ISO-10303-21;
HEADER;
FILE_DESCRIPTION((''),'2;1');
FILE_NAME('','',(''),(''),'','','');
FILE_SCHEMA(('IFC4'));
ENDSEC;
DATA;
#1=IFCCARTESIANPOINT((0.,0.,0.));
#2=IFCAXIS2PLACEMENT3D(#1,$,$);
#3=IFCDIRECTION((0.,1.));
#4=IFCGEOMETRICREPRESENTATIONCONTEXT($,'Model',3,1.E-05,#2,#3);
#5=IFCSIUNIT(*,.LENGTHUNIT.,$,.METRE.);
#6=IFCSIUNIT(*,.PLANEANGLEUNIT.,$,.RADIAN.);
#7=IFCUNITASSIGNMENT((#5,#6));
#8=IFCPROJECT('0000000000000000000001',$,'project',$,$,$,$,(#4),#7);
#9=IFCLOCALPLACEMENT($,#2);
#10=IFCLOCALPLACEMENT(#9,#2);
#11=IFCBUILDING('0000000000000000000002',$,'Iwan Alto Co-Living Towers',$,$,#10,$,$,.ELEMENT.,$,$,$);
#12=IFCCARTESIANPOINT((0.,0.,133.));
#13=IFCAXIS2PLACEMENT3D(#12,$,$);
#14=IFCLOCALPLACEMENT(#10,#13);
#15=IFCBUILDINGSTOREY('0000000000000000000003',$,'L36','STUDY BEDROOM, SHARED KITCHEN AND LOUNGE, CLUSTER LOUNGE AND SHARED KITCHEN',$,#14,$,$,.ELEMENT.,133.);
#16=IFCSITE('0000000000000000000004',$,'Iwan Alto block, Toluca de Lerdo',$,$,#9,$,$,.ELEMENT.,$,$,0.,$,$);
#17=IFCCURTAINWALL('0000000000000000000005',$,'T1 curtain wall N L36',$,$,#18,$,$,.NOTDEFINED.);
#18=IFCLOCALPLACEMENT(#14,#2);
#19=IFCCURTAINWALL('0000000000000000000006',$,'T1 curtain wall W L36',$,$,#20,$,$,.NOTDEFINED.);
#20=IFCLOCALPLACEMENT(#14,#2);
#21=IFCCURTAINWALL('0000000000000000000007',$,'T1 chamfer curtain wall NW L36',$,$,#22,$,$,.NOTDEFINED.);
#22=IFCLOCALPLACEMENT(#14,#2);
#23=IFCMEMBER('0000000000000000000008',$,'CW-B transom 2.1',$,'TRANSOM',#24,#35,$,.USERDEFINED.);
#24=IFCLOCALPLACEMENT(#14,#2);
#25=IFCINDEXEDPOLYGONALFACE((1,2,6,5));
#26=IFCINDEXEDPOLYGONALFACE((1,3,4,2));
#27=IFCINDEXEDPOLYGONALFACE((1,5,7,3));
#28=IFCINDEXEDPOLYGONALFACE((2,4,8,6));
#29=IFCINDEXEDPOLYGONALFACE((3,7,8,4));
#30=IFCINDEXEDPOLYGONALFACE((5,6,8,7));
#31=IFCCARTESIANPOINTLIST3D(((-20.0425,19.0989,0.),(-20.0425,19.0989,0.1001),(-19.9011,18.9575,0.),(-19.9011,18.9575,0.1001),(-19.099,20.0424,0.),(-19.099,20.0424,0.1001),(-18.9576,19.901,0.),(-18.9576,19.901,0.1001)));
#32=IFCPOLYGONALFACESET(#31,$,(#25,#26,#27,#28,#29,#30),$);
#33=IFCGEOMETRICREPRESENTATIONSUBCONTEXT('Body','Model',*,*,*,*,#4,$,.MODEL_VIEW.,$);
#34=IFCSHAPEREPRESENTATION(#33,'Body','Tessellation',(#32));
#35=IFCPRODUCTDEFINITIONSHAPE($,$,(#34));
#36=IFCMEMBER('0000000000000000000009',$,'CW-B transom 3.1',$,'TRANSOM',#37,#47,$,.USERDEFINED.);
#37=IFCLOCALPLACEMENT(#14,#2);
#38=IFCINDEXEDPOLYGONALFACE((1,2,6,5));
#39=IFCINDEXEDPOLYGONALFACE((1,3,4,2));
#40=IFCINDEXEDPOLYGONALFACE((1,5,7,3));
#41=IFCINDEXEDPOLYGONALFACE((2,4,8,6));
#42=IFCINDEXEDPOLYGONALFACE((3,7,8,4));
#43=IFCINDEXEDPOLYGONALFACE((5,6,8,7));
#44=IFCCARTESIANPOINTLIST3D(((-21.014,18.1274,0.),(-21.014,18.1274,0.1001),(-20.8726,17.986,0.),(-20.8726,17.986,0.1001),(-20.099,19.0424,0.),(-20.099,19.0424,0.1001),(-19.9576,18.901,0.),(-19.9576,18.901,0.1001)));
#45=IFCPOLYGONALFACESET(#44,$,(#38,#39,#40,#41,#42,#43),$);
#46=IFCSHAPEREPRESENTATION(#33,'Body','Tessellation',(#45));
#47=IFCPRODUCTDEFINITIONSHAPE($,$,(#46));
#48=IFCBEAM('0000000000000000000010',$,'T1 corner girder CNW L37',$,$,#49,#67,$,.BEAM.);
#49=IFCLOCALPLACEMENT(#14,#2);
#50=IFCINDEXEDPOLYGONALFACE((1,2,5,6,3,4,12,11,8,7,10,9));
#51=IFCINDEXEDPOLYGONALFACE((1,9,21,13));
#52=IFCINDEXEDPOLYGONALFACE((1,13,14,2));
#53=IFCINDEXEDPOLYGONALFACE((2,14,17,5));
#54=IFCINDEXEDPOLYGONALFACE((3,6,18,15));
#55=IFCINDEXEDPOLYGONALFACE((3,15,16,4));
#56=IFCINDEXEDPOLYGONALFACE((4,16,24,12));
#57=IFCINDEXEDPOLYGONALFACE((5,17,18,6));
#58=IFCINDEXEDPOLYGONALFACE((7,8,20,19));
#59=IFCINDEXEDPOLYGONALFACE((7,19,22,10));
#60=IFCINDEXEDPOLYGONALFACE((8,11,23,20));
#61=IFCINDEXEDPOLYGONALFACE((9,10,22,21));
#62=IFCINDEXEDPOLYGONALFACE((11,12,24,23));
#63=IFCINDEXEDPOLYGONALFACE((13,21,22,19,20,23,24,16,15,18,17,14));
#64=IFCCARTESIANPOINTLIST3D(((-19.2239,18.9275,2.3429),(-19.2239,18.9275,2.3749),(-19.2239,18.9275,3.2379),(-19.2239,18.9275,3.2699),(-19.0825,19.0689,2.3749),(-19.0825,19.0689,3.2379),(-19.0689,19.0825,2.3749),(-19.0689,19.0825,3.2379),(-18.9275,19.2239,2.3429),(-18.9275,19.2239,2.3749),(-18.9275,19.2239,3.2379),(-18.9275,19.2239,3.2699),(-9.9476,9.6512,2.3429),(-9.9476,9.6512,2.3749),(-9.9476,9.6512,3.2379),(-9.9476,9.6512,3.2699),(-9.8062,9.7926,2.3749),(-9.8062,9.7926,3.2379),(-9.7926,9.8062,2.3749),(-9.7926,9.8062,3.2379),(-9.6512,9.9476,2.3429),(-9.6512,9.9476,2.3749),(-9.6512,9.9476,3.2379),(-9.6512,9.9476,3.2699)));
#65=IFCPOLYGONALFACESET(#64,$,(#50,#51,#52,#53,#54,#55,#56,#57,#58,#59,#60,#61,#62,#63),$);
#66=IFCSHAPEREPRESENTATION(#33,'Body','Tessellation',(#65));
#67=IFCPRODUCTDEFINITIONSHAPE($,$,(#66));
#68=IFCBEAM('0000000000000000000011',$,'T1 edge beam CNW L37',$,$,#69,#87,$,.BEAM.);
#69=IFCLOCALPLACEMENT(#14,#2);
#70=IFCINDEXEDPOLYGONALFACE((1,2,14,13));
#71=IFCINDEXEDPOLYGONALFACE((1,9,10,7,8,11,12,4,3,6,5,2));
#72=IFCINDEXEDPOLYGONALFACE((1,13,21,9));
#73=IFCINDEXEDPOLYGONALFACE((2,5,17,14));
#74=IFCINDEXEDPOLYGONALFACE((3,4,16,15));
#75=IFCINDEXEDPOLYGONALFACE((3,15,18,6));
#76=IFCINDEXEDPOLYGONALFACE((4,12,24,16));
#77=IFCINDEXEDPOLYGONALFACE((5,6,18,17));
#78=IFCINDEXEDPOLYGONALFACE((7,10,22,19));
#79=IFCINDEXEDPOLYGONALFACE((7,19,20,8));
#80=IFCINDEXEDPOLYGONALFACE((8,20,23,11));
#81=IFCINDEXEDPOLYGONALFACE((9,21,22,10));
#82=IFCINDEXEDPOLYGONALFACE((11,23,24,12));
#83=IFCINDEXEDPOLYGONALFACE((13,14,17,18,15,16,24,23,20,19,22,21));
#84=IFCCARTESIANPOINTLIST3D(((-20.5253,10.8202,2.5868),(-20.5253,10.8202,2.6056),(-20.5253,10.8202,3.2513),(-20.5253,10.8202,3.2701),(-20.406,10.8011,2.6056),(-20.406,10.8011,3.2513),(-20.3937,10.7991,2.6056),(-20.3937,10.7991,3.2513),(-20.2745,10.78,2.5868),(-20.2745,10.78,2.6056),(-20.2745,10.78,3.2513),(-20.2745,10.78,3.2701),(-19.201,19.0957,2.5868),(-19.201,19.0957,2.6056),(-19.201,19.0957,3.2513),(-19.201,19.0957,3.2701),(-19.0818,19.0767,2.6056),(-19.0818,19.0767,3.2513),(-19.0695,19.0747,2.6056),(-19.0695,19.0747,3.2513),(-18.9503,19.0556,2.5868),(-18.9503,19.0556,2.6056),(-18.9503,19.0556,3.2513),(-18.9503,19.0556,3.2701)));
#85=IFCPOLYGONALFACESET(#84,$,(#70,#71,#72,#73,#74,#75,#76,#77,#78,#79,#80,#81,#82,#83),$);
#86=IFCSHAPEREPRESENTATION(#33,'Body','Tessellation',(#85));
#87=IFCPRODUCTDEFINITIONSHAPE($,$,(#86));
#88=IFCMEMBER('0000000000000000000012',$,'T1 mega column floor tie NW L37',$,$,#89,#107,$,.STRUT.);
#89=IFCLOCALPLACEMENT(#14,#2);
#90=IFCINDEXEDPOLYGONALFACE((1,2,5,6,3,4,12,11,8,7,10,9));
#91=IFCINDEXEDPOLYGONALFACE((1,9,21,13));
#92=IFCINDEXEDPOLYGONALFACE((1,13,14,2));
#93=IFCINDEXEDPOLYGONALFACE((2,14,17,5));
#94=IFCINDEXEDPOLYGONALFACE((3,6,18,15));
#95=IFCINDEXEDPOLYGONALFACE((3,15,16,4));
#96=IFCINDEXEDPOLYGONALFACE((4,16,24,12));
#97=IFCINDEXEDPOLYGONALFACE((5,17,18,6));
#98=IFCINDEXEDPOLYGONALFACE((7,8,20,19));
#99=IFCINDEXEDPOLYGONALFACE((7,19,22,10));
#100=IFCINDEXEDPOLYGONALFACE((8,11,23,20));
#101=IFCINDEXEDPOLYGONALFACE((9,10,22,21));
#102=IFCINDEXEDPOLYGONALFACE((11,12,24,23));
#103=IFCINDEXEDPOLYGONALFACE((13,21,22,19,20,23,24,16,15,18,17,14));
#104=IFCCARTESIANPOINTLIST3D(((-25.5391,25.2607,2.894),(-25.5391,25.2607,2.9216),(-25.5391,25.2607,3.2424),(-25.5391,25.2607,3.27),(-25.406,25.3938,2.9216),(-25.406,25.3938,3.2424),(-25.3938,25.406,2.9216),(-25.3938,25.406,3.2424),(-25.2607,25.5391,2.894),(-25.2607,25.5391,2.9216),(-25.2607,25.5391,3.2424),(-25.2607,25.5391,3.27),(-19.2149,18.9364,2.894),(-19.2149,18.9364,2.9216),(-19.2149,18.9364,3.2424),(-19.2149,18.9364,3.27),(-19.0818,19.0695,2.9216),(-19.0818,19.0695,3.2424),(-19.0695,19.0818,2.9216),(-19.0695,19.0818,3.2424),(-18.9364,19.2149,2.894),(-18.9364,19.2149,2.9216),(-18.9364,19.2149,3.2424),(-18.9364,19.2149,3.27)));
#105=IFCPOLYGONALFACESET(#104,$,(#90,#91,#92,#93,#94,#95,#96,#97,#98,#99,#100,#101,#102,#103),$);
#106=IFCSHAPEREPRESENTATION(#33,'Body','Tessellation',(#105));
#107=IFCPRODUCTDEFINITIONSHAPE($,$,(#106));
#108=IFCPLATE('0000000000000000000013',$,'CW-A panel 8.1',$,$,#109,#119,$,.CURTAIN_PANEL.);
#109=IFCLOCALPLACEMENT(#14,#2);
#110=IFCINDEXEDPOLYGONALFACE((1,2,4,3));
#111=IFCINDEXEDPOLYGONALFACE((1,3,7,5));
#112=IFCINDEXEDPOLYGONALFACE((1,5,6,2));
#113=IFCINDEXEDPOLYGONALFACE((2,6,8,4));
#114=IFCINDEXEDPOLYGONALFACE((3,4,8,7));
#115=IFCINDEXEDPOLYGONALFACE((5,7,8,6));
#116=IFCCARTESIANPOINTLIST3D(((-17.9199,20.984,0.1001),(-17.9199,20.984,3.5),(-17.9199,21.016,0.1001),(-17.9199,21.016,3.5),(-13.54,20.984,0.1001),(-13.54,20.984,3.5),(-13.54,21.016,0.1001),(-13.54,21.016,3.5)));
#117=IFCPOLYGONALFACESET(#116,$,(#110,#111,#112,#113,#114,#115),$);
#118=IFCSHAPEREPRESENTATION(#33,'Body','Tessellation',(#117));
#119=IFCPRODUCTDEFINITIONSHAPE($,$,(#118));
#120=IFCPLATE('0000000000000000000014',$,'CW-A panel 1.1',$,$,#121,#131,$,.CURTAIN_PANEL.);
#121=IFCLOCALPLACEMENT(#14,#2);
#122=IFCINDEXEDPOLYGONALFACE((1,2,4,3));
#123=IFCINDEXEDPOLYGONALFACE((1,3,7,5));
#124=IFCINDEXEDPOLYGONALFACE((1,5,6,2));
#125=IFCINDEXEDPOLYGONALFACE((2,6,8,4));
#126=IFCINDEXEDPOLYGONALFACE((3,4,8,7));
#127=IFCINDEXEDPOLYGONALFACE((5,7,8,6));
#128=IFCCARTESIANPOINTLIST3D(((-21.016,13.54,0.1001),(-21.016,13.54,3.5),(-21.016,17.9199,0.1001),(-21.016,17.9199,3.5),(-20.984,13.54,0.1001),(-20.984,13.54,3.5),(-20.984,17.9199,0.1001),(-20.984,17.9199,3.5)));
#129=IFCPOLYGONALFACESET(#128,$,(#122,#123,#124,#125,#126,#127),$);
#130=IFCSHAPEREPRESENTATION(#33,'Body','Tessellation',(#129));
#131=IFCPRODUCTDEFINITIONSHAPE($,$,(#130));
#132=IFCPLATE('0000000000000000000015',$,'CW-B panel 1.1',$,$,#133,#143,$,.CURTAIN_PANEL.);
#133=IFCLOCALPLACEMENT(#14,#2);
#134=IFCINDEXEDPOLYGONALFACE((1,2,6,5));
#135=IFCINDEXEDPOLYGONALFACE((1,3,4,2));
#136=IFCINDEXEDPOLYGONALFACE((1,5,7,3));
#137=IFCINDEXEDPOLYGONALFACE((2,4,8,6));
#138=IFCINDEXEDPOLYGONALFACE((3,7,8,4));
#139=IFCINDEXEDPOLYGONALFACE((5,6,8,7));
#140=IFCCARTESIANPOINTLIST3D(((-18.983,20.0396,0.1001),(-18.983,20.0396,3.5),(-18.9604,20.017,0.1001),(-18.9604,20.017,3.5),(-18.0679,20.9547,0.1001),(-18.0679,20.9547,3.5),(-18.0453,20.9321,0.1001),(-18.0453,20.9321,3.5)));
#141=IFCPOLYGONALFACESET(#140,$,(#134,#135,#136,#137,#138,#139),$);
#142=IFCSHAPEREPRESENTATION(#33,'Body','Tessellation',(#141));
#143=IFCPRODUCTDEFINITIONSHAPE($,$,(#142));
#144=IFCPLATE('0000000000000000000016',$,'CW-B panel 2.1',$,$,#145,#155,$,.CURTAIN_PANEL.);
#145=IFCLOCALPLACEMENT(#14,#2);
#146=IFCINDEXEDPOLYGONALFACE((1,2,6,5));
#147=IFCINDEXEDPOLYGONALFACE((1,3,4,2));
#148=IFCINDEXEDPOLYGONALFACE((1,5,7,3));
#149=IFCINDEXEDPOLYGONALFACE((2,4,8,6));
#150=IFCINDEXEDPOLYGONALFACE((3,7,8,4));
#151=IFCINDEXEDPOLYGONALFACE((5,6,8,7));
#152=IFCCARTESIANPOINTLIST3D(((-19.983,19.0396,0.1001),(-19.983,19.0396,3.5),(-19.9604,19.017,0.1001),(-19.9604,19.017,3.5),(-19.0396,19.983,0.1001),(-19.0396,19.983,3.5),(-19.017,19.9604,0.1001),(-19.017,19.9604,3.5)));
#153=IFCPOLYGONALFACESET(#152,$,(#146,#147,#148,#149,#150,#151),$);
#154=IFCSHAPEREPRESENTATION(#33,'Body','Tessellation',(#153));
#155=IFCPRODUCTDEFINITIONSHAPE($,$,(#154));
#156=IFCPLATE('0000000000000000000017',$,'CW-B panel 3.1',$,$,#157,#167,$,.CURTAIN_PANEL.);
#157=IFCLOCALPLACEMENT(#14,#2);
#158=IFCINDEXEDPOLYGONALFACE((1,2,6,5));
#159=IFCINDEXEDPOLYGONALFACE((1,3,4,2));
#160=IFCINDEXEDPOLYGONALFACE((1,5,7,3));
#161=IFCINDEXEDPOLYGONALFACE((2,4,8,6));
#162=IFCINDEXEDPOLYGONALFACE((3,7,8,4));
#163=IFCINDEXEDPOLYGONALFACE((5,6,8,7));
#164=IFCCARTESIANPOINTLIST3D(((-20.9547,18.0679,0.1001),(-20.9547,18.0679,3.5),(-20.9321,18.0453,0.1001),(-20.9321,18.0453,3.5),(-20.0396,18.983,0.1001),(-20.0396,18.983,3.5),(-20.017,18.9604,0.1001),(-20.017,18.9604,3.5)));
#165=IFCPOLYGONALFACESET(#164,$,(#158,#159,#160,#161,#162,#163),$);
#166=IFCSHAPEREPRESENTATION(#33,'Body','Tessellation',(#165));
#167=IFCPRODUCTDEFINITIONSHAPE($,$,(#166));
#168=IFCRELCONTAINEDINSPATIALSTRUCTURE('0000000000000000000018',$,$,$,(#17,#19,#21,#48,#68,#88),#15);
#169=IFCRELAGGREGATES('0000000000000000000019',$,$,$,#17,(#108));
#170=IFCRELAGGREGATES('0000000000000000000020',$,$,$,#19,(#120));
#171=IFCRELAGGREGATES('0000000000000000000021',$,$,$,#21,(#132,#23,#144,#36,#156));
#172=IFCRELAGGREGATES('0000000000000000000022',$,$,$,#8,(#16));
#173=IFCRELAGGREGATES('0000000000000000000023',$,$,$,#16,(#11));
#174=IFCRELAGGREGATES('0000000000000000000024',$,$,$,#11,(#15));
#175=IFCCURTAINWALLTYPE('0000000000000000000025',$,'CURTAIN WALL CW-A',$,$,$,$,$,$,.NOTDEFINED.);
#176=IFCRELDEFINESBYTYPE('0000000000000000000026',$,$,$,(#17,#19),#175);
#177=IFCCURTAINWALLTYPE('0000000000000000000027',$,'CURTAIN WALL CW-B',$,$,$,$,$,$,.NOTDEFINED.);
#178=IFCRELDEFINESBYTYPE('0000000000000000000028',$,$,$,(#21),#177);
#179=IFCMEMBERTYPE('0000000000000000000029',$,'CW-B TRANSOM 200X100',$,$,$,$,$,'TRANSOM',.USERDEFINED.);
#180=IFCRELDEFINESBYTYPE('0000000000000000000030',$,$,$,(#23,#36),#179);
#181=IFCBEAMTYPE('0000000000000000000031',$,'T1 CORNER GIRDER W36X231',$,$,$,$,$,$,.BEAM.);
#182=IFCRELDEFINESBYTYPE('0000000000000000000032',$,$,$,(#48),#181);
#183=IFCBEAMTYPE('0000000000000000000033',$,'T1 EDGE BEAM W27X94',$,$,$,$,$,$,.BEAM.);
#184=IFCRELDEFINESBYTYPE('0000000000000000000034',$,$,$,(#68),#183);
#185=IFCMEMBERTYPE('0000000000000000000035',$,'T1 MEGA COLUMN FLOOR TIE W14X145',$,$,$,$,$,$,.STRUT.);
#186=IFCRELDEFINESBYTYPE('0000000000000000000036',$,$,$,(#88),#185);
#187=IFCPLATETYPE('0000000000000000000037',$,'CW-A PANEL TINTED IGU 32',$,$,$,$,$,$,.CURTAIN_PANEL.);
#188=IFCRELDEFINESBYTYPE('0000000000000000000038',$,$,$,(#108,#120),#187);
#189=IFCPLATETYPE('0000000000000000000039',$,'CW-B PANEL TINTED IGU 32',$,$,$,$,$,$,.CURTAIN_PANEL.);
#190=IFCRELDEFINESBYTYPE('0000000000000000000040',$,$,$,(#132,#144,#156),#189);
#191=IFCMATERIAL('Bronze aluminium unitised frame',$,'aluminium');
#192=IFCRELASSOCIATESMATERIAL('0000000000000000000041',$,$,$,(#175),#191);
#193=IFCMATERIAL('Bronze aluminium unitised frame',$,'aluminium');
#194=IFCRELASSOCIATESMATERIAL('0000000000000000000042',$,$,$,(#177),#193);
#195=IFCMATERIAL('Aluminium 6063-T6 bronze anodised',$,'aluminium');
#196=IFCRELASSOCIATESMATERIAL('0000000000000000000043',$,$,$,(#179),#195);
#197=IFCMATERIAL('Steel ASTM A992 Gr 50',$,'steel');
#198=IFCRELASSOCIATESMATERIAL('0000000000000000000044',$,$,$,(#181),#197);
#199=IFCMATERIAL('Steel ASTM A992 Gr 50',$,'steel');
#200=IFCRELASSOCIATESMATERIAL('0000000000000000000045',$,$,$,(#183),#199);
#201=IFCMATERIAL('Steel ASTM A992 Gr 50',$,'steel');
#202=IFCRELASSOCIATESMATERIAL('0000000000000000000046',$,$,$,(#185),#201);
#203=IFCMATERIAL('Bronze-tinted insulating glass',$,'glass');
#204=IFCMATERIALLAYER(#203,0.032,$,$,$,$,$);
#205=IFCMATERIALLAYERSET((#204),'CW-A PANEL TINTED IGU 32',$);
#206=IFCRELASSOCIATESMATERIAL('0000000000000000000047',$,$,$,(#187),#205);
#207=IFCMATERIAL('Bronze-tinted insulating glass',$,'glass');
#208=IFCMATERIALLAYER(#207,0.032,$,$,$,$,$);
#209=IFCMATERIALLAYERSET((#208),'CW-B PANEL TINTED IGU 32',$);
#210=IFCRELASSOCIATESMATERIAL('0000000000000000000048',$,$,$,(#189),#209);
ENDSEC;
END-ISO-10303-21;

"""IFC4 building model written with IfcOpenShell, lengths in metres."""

from ifc_helpers import new_model, si_unit, direction, frame, origin, origin_2d, place, context, subcontext, project, spatial, rectangle, i_section, extrude, material, layer, layer_set, material_profile, profile_set, type_object, element, aggregate, save


model = new_model("IFC4")

# Units and contexts
model_context = context("Model", 3, precision=1e-05, world=origin(), true_north=direction((0.0, 1.0)))
body_context = subcontext(model_context, "Body", "Model", "MODEL_VIEW")
ifc_project = project(units=[si_unit("LENGTHUNIT", "METRE"), si_unit("PLANEANGLEUNIT", "RADIAN")], contexts=[model_context])

# Site, building, storey
site_placement = place(None, origin())
site = spatial("IfcSite", under=ifc_project, at=site_placement, Name="Iwan Alto block, Toluca de Lerdo", CompositionType="ELEMENT", RefElevation=0.0)
building_placement = place(site_placement, origin())
building = spatial("IfcBuilding", under=site, at=building_placement, Name="Iwan Alto Co-Living Towers", CompositionType="ELEMENT")
storey_placement = place(building_placement, frame((0.0, 0.0, 133.0)))
storey = spatial("IfcBuildingStorey", under=building, at=storey_placement, Name="L36", Description="STUDY BEDROOM, SHARED KITCHEN AND LOUNGE, CLUSTER LOUNGE AND SHARED KITCHEN", CompositionType="ELEMENT", Elevation=133.0)

# Curtain wall
ifc_material_1 = material(Name="Bronze aluminium unitised frame", Category="aluminium")
curtain_wall_type_1 = type_object("IfcCurtainWallType", Name="CURTAIN WALL CW-A", PredefinedType="NOTDEFINED", material=ifc_material_1)
curtain_wall_1_placement = place(storey_placement, origin())
curtain_wall_1 = element("IfcCurtainWall", 1, at=curtain_wall_1_placement, inside=storey, type_object=curtain_wall_type_1, Name="T1 curtain wall N L36", PredefinedType="NOTDEFINED")

# Curtain wall
curtain_wall_2_placement = place(storey_placement, origin())
curtain_wall_2 = element("IfcCurtainWall", 2, at=curtain_wall_2_placement, inside=storey, type_object=curtain_wall_type_1, Name="T1 curtain wall W L36", PredefinedType="NOTDEFINED")

# Curtain wall, members
ifc_material_2 = material(Name="Bronze aluminium unitised frame", Category="aluminium")
curtain_wall_type_2 = type_object("IfcCurtainWallType", Name="CURTAIN WALL CW-B", PredefinedType="NOTDEFINED", material=ifc_material_2)
curtain_wall_3_placement = place(storey_placement, origin())
curtain_wall_3 = element("IfcCurtainWall", 3, at=curtain_wall_3_placement, inside=storey, type_object=curtain_wall_type_2, Name="T1 chamfer curtain wall NW L36", PredefinedType="NOTDEFINED")
ifc_material_3 = material(Name="Aluminium 6063-T6 bronze anodised", Category="aluminium")
ifc_material_profile_1 = material_profile(ifc_material_3, rectangle(XDim=0.2, YDim=0.1001, at=origin_2d()), Name="AL 200X100")
ifc_profile_set_1 = profile_set([ifc_material_profile_1], Name="Aluminium 6063-T6 bronze anodised")
member_type_1 = type_object("IfcMemberType", Name="CW-B TRANSOM 200X100", ElementType="TRANSOM", PredefinedType="USERDEFINED", material=ifc_profile_set_1)
member_1_placement = place(storey_placement, frame((-19.0283, 19.9717, 0.05), z_axis=(-0.707107, -0.707107, 0.0), x_axis=(0.707107, -0.707107, 0.0)))
member_1 = element("IfcMember", 4, at=member_1_placement, type_object=member_type_1, Name="CW-B transom 2.1", ObjectType="TRANSOM", PredefinedType="USERDEFINED", context=body_context, shape_type="SweptSolid", body=[
    extrude(rectangle(XDim=0.2, YDim=0.1001, at=origin_2d()), origin(), (0.0, 0.0, 1.0), 1.3342),
])
member_2_placement = place(storey_placement, frame((-20.0283, 18.9717, 0.05), z_axis=(-0.707107, -0.707107, 0.0), x_axis=(0.707107, -0.707107, 0.0)))
member_2 = element("IfcMember", 5, at=member_2_placement, type_object=member_type_1, Name="CW-B transom 3.1", ObjectType="TRANSOM", PredefinedType="USERDEFINED", context=body_context, shape_type="SweptSolid", body=[
    extrude(rectangle(XDim=0.2, YDim=0.1001, at=origin_2d()), origin(), (0.0, 0.0, 1.0), 1.2939),
])

# Beams
ifc_material_4 = material(Name="Steel ASTM A992 Gr 50", Category="steel")
ifc_material_profile_2 = material_profile(ifc_material_4, i_section(OverallWidth=0.4192, OverallDepth=0.927, WebThickness=0.0193, FlangeThickness=0.032, at=origin_2d()), Name="W36X231")
ifc_profile_set_2 = profile_set([ifc_material_profile_2], Name="Steel ASTM A992 Gr 50")
beam_type_1 = type_object("IfcBeamType", Name="T1 CORNER GIRDER W36X231", PredefinedType="BEAM", material=ifc_profile_set_2)
beam_1_placement = place(storey_placement, frame((-19.0757, 19.0757, 2.8064), z_axis=(0.707107, -0.707107, 0.0), x_axis=(0.707107, 0.707107, 0.0)))
element("IfcBeam", 6, at=beam_1_placement, inside=storey, type_object=beam_type_1, Name="T1 corner girder CNW L37", PredefinedType="BEAM", context=body_context, shape_type="SweptSolid", body=[
    extrude(i_section(OverallWidth=0.4192, OverallDepth=0.927, WebThickness=0.0193, FlangeThickness=0.032, at=origin_2d()), origin(), (0.0, 0.0, 1.0), 13.1187),
])
ifc_material_5 = material(Name="Steel ASTM A992 Gr 50", Category="steel")
ifc_material_profile_3 = material_profile(ifc_material_5, i_section(OverallWidth=0.2539, OverallDepth=0.6833, WebThickness=0.0125, FlangeThickness=0.0188, at=origin_2d()), Name="W27X94")
ifc_profile_set_3 = profile_set([ifc_material_profile_3], Name="Steel ASTM A992 Gr 50")
beam_type_2 = type_object("IfcBeamType", Name="T1 EDGE BEAM W27X94", PredefinedType="BEAM", material=ifc_profile_set_3)
beam_2_placement = place(storey_placement, frame((-19.0757, 19.0757, 2.9285), z_axis=(-0.158004, -0.987438, 0.0), x_axis=(0.987438, -0.158004, 0.0)))
element("IfcBeam", 7, at=beam_2_placement, inside=storey, type_object=beam_type_2, Name="T1 edge beam CNW L37", PredefinedType="BEAM", context=body_context, shape_type="SweptSolid", body=[
    extrude(i_section(OverallWidth=0.2539, OverallDepth=0.6833, WebThickness=0.0125, FlangeThickness=0.0188, at=origin_2d()), origin(), (0.0, 0.0, 1.0), 8.3809),
])

# Member
ifc_material_6 = material(Name="Steel ASTM A992 Gr 50", Category="steel")
ifc_material_profile_4 = material_profile(ifc_material_6, i_section(OverallWidth=0.3938, OverallDepth=0.376, WebThickness=0.0173, FlangeThickness=0.0276, at=origin_2d()), Name="W14X145")
ifc_profile_set_4 = profile_set([ifc_material_profile_4], Name="Steel ASTM A992 Gr 50")
member_type_2 = type_object("IfcMemberType", Name="T1 MEGA COLUMN FLOOR TIE W14X145", PredefinedType="STRUT", material=ifc_profile_set_4)
member_3_placement = place(storey_placement, frame((-25.3999, 25.3999, 3.082), z_axis=(0.707107, -0.707107, 0.0), x_axis=(0.707107, 0.707107, 0.0)))
element("IfcMember", 8, at=member_3_placement, inside=storey, type_object=member_type_2, Name="T1 mega column floor tie NW L37", PredefinedType="STRUT", context=body_context, shape_type="SweptSolid", body=[
    extrude(i_section(OverallWidth=0.3938, OverallDepth=0.376, WebThickness=0.0173, FlangeThickness=0.0276, at=origin_2d()), origin(), (0.0, 0.0, 1.0), 8.9438),
])

# Plates
ifc_material_7 = material(Name="Bronze-tinted insulating glass", Category="glass")
ifc_layer_1 = layer(ifc_material_7, 0.032)
ifc_layer_set_1 = layer_set([ifc_layer_1], Name="CW-A PANEL TINTED IGU 32")
plate_type_1 = type_object("IfcPlateType", Name="CW-A PANEL TINTED IGU 32", PredefinedType="CURTAIN_PANEL", material=ifc_layer_set_1)
plate_1_placement = place(storey_placement, frame((-15.73, 21.0, 0.1001), z_axis=(0.0, 0.0, 1.0), x_axis=(-1.0, 0.0, 0.0)))
plate_1 = element("IfcPlate", 9, at=plate_1_placement, type_object=plate_type_1, Name="CW-A panel 8.1", PredefinedType="CURTAIN_PANEL", context=body_context, shape_type="SweptSolid", body=[
    extrude(rectangle(XDim=4.3799, YDim=0.032, at=origin_2d()), origin(), (0.0, 0.0, 1.0), 3.3999),
])
aggregate(curtain_wall_1, [plate_1])
plate_2_placement = place(storey_placement, frame((-21.0, 15.73, 0.1001), z_axis=(0.0, 0.0, 1.0), x_axis=(0.0, -1.0, 0.0)))
plate_2 = element("IfcPlate", 10, at=plate_2_placement, type_object=plate_type_1, Name="CW-A panel 1.1", PredefinedType="CURTAIN_PANEL", context=body_context, shape_type="SweptSolid", body=[
    extrude(rectangle(XDim=4.3799, YDim=0.032, at=origin_2d()), origin(), (0.0, 0.0, 1.0), 3.3999),
])
aggregate(curtain_wall_2, [plate_2])
ifc_material_8 = material(Name="Bronze-tinted insulating glass", Category="glass")
ifc_layer_2 = layer(ifc_material_8, 0.032)
ifc_layer_set_2 = layer_set([ifc_layer_2], Name="CW-B PANEL TINTED IGU 32")
plate_type_2 = type_object("IfcPlateType", Name="CW-B PANEL TINTED IGU 32", PredefinedType="CURTAIN_PANEL", material=ifc_layer_set_2)
plate_3_placement = place(storey_placement, frame((-18.5142, 20.4858, 0.1001), z_axis=(0.0, 0.0, 1.0), x_axis=(-0.707107, -0.707107, 0.0)))
plate_3 = element("IfcPlate", 11, at=plate_3_placement, type_object=plate_type_2, Name="CW-B panel 1.1", PredefinedType="CURTAIN_PANEL", context=body_context, shape_type="SweptSolid", body=[
    extrude(rectangle(XDim=1.2942, YDim=0.032, at=origin_2d()), origin(), (0.0, 0.0, 1.0), 3.3999),
])
plate_4_placement = place(storey_placement, frame((-19.5, 19.5, 0.1001), z_axis=(0.0, 0.0, 1.0), x_axis=(-0.707107, -0.707107, 0.0)))
plate_4 = element("IfcPlate", 12, at=plate_4_placement, type_object=plate_type_2, Name="CW-B panel 2.1", PredefinedType="CURTAIN_PANEL", context=body_context, shape_type="SweptSolid", body=[
    extrude(rectangle(XDim=1.3342, YDim=0.032, at=origin_2d()), origin(), (0.0, 0.0, 1.0), 3.3999),
])
plate_5_placement = place(storey_placement, frame((-20.4858, 18.5142, 0.1001), z_axis=(0.0, 0.0, 1.0), x_axis=(-0.707107, -0.707107, 0.0)))
plate_5 = element("IfcPlate", 13, at=plate_5_placement, type_object=plate_type_2, Name="CW-B panel 3.1", PredefinedType="CURTAIN_PANEL", context=body_context, shape_type="SweptSolid", body=[
    extrude(rectangle(XDim=1.2942, YDim=0.032, at=origin_2d()), origin(), (0.0, 0.0, 1.0), 3.3999),
])
aggregate(curtain_wall_3, [plate_3, member_1, plate_4, member_2, plate_5])

save(model, "model.ifc")
